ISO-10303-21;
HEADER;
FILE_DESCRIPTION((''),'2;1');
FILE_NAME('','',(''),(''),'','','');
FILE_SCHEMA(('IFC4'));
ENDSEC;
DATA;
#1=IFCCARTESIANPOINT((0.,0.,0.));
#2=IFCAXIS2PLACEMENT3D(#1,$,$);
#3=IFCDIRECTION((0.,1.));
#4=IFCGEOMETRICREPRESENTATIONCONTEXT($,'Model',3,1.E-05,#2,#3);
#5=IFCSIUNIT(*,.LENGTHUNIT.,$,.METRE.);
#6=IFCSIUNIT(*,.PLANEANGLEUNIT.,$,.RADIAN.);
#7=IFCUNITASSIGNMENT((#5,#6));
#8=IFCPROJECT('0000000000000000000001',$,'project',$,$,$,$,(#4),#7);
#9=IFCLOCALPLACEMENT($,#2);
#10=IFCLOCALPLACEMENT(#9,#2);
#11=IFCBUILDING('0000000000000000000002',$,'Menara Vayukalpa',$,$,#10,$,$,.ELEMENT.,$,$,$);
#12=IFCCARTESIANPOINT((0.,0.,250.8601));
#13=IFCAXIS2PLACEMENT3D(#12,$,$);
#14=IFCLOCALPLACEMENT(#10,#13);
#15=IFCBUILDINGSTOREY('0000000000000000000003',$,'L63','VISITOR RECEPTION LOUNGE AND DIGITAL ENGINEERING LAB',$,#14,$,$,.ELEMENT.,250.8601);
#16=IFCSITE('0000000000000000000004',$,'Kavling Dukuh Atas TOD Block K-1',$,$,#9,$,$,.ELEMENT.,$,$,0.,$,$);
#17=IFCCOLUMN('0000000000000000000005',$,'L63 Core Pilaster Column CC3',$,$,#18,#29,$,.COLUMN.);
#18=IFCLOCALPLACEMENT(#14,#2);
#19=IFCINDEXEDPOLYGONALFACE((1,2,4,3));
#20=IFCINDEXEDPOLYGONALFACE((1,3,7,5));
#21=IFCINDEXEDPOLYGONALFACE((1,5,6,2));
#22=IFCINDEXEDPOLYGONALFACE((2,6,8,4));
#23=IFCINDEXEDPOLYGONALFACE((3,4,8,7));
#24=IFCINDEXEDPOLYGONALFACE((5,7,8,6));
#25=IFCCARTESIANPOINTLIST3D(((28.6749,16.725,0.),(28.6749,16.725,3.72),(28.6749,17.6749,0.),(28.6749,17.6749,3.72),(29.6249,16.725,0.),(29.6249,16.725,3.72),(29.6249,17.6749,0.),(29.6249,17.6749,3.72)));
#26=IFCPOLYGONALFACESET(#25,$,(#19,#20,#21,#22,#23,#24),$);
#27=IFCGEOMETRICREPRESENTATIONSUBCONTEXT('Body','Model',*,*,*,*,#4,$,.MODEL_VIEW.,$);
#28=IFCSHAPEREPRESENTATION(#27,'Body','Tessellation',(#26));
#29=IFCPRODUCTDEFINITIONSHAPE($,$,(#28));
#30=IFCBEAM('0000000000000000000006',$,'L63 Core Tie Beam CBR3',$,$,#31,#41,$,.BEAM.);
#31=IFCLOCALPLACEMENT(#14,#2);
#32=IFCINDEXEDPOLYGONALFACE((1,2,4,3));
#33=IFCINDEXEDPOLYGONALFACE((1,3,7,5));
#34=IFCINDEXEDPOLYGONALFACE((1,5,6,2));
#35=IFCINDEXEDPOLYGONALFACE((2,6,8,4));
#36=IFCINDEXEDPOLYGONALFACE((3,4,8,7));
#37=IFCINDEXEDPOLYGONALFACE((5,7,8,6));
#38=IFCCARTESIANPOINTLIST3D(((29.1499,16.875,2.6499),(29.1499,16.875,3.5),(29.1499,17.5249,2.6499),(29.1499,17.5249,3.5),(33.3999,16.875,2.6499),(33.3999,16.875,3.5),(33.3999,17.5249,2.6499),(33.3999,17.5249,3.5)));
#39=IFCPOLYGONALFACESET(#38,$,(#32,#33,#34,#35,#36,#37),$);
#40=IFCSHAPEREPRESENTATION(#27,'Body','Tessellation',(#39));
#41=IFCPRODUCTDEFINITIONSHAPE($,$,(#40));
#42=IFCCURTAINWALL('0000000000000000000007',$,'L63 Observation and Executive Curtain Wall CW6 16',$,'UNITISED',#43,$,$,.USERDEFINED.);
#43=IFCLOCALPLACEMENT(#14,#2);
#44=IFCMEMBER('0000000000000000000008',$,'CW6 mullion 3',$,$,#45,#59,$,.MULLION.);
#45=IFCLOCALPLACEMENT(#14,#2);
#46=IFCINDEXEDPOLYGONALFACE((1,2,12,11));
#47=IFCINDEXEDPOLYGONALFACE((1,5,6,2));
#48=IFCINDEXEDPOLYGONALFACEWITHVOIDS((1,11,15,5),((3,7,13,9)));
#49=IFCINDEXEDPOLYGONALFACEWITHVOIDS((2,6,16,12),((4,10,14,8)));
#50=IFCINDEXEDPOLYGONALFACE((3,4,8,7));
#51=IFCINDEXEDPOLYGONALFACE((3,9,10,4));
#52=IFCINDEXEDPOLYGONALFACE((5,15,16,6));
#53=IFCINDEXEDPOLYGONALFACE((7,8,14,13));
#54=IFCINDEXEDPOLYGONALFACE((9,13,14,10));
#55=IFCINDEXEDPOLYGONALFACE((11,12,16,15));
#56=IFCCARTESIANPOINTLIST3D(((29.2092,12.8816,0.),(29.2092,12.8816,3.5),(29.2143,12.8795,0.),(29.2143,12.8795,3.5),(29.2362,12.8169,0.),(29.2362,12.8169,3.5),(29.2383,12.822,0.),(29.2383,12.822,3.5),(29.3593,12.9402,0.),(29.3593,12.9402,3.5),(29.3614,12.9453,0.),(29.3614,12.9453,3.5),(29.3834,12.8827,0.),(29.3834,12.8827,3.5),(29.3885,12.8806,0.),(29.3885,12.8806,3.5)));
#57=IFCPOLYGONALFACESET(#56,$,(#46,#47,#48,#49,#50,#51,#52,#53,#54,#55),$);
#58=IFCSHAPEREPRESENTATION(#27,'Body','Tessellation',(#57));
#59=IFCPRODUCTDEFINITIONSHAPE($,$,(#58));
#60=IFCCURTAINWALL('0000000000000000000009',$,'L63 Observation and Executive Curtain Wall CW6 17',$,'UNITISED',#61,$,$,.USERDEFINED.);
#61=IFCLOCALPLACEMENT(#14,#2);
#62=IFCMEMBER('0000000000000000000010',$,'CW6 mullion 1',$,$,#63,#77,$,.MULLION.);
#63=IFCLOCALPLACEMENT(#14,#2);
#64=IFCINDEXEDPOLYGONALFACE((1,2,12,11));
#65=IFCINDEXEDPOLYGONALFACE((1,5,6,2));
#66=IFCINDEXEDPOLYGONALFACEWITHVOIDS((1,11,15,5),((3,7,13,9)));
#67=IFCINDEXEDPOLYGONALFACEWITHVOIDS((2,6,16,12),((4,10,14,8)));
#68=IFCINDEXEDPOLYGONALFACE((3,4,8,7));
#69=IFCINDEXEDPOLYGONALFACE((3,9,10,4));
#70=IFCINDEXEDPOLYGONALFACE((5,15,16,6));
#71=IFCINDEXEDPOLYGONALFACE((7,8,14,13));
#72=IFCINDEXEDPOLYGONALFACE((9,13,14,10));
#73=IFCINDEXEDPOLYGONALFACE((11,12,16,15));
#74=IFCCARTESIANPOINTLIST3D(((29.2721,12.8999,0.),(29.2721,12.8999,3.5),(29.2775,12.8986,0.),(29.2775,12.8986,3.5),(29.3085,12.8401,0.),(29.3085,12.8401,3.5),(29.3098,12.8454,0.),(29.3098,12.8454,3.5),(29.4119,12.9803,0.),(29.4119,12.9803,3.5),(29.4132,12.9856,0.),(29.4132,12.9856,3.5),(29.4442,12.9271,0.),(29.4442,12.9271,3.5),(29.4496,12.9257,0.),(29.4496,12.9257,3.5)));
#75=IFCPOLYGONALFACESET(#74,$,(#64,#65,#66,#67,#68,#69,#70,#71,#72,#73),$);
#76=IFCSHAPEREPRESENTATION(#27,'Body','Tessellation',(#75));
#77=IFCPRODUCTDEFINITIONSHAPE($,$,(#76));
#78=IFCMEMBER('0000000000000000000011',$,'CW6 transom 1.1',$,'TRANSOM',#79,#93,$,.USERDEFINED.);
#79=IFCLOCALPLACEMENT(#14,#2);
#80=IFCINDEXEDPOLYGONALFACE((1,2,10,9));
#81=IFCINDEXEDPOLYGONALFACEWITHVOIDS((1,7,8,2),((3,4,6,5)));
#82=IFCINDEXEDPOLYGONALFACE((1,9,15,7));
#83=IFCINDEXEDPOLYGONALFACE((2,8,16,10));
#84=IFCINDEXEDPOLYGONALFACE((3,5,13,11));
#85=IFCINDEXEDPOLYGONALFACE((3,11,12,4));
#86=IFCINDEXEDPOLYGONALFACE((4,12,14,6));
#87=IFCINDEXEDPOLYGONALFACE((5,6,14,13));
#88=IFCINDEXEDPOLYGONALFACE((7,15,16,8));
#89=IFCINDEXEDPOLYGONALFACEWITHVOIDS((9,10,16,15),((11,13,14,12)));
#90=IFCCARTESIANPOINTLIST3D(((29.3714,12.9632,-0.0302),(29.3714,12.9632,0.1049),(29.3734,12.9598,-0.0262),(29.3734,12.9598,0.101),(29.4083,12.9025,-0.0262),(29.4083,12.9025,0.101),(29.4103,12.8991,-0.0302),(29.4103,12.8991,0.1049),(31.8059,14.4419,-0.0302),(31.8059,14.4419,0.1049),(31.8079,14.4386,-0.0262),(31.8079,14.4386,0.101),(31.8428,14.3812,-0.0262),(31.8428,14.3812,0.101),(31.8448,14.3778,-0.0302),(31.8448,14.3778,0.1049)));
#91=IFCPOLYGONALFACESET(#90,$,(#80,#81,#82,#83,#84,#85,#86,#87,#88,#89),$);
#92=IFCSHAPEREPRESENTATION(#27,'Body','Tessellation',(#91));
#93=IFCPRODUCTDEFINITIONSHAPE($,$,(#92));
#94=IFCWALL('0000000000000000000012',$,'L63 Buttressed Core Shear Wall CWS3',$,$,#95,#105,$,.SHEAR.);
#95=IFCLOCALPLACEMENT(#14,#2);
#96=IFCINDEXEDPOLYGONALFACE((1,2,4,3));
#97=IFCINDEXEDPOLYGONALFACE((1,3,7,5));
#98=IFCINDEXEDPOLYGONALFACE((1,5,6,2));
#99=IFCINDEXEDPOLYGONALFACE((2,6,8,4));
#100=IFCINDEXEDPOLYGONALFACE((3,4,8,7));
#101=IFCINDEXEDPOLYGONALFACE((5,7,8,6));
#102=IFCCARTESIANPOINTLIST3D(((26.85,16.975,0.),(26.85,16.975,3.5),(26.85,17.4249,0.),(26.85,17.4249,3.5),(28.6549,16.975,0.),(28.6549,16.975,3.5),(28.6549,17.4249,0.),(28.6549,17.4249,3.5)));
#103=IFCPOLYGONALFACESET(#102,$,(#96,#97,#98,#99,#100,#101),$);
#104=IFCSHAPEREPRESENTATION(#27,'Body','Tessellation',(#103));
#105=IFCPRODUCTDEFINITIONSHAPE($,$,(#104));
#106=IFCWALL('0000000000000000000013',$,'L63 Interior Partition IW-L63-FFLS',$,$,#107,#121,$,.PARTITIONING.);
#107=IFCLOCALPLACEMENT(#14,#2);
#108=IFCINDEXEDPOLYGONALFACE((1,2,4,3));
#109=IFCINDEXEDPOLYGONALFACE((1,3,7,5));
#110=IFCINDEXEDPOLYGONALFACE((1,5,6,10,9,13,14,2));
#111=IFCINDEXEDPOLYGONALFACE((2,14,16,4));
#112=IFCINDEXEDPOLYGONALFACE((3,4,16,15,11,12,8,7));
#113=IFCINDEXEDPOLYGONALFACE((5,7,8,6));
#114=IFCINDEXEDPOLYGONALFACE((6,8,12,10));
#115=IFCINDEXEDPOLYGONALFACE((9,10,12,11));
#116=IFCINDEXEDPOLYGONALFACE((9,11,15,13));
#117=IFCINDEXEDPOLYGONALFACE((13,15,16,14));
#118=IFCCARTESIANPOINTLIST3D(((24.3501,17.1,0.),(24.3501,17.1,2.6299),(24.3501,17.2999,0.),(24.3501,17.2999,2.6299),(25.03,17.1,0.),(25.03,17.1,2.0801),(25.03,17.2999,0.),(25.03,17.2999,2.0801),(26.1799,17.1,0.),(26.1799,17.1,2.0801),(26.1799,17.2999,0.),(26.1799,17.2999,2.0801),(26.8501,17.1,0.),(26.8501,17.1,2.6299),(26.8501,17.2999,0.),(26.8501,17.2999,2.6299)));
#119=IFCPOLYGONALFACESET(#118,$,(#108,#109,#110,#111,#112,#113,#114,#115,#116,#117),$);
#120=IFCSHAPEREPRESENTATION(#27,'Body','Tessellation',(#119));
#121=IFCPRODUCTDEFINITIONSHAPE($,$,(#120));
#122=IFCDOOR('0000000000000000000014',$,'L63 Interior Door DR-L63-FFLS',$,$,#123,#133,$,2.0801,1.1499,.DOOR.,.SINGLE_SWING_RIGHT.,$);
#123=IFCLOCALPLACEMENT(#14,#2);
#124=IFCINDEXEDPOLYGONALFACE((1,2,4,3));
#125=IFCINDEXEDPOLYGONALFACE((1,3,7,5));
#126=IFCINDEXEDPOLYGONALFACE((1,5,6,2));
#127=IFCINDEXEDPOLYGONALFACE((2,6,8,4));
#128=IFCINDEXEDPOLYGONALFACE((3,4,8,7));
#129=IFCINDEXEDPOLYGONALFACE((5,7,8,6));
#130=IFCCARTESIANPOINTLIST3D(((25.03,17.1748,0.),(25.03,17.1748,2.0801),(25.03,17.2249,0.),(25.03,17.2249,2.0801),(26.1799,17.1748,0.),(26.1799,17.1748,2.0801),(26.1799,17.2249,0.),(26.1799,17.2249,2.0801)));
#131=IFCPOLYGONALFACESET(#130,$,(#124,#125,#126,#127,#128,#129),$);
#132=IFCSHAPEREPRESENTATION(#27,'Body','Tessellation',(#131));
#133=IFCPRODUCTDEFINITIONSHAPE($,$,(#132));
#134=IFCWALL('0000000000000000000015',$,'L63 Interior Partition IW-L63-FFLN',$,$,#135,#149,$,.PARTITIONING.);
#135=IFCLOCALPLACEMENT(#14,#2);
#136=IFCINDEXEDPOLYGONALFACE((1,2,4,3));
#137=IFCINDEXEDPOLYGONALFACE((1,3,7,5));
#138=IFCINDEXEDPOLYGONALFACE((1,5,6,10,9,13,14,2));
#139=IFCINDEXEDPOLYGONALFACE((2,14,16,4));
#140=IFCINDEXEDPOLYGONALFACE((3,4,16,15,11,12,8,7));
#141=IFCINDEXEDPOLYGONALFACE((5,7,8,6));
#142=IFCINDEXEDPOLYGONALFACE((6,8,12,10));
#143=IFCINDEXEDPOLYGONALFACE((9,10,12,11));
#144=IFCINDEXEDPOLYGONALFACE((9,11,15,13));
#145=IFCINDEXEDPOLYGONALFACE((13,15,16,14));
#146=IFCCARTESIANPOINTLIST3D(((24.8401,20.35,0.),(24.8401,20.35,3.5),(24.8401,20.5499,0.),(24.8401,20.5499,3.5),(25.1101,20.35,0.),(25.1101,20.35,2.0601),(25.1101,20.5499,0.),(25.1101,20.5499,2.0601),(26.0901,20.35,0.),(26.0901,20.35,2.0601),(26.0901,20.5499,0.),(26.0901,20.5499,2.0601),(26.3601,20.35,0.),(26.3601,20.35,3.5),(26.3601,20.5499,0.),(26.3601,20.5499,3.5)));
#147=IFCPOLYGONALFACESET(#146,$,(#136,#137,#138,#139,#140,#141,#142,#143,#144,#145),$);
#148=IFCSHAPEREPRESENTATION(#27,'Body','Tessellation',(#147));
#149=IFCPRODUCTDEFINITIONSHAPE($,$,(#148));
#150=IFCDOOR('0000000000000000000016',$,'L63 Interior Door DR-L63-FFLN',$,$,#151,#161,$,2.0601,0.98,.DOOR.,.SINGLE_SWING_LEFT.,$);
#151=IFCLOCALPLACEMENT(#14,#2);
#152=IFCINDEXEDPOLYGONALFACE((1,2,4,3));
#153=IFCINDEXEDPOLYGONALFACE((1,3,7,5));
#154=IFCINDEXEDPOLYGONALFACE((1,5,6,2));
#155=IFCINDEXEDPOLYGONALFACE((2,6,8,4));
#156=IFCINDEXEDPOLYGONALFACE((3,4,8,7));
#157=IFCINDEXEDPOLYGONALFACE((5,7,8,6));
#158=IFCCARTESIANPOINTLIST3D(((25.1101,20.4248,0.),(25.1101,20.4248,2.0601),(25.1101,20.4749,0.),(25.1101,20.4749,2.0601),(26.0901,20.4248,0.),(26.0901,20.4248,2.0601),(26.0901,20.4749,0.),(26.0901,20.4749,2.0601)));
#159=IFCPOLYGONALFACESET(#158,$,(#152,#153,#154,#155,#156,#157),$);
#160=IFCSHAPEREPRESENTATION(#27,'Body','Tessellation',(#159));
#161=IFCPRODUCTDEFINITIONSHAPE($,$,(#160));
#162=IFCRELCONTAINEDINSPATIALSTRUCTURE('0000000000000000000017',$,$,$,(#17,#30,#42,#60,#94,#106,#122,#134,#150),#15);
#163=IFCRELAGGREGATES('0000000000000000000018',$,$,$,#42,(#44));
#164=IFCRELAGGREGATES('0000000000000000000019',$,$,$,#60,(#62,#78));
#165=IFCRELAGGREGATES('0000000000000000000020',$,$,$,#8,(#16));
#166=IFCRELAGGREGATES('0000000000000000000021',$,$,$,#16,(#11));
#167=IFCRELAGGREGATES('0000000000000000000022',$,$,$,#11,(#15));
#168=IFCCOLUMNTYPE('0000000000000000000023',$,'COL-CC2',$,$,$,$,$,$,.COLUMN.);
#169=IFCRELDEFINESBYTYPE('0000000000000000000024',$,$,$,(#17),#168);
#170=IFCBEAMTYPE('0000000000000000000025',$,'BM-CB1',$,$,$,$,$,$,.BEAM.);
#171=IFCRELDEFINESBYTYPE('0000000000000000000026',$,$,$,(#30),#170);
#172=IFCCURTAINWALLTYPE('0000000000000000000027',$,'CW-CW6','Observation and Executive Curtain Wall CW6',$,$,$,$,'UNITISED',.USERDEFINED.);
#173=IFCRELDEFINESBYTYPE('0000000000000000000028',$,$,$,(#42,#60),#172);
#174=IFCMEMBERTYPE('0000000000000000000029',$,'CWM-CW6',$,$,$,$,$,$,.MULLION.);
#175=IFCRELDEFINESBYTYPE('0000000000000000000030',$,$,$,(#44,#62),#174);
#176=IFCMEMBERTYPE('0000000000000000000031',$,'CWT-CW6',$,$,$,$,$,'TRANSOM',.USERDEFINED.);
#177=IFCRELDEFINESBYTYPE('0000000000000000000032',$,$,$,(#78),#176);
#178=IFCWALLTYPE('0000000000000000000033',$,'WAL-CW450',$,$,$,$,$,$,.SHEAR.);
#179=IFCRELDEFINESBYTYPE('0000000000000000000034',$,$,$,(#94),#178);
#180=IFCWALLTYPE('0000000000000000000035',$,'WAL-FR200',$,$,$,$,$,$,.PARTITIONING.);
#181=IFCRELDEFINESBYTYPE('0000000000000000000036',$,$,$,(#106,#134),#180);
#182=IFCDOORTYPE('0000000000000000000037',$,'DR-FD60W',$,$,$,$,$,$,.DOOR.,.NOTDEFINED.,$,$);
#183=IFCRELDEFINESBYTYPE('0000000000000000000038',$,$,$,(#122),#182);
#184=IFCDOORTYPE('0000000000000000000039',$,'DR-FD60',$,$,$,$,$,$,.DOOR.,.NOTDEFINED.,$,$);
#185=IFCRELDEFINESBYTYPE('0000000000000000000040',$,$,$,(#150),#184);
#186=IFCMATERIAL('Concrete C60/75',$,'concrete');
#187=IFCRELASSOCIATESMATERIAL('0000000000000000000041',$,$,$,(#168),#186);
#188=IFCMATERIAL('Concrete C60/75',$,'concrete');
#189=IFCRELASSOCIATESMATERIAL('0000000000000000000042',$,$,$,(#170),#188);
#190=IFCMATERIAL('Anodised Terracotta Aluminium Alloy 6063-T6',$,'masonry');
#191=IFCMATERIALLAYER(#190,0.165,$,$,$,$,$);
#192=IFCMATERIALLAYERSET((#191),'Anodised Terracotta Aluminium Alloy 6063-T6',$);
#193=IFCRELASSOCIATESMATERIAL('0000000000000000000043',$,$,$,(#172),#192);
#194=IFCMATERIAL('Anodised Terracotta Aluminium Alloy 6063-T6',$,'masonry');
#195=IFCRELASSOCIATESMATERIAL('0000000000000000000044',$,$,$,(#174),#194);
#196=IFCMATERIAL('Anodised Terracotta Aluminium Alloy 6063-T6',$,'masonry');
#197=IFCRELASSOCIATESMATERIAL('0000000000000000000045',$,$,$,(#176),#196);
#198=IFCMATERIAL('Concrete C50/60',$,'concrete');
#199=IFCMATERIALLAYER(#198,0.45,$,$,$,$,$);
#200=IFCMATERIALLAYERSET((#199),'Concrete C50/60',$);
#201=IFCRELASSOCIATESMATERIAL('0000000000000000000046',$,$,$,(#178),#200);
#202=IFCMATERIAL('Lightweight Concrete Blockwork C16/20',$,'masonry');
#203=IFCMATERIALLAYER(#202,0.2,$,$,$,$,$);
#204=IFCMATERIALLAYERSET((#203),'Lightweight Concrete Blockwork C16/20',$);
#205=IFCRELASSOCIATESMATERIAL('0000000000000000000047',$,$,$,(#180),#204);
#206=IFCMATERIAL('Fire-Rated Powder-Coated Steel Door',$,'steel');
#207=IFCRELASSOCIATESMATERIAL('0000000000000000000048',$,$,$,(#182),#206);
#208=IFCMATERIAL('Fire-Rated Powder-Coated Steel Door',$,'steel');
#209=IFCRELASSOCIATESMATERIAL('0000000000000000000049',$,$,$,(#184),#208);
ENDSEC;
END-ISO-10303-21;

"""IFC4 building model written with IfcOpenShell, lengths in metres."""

from ifc_helpers import new_model, si_unit, direction, frame, frame_2d, origin, origin_2d, place, context, subcontext, project, spatial, rectangle, hollow_rectangle, extrude, material, layer, layer_set, material_profile, profile_set, type_object, element, fill, aggregate, save


model = new_model("IFC4")

# Units and contexts
model_context = context("Model", 3, precision=1e-05, world=origin(), true_north=direction((0.0, 1.0)))
body_context = subcontext(model_context, "Body", "Model", "MODEL_VIEW")
ifc_project = project(units=[si_unit("LENGTHUNIT", "METRE"), si_unit("PLANEANGLEUNIT", "RADIAN")], contexts=[model_context])

# Site, building, storey
site_placement = place(None, origin())
site = spatial("IfcSite", under=ifc_project, at=site_placement, Name="Kavling Dukuh Atas TOD Block K-1", CompositionType="ELEMENT", RefElevation=0.0)
building_placement = place(site_placement, origin())
building = spatial("IfcBuilding", under=site, at=building_placement, Name="Menara Vayukalpa", CompositionType="ELEMENT")
storey_placement = place(building_placement, frame((0.0, 0.0, 250.8601)))
storey = spatial("IfcBuildingStorey", under=building, at=storey_placement, Name="L63", Description="VISITOR RECEPTION LOUNGE AND DIGITAL ENGINEERING LAB", CompositionType="ELEMENT", Elevation=250.8601)

# Column
ifc_material_1 = material(Name="Concrete C60/75", Category="concrete")
ifc_material_profile_1 = material_profile(ifc_material_1, rectangle(XDim=0.95, YDim=0.95, at=origin_2d()), Name="RC 950x950")
ifc_profile_set_1 = profile_set([ifc_material_profile_1], Name="Concrete C60/75")
column_type = type_object("IfcColumnType", Name="COL-CC2", PredefinedType="COLUMN", material=ifc_profile_set_1)
column_placement = place(storey_placement, frame((29.1499, 17.2, 0.0), z_axis=(0.0, 0.0, 1.0), x_axis=(1.0, 0.0, 0.0)))
element("IfcColumn", 1, at=column_placement, inside=storey, type_object=column_type, Name="L63 Core Pilaster Column CC3", PredefinedType="COLUMN", context=body_context, shape_type="SweptSolid", body=[
    extrude(rectangle(XDim=0.95, YDim=0.95, at=origin_2d()), origin(), (0.0, 0.0, 1.0), 3.72),
])

# Beam
ifc_material_2 = material(Name="Concrete C60/75", Category="concrete")
ifc_material_profile_2 = material_profile(ifc_material_2, rectangle(XDim=0.6499, YDim=0.8501, at=origin_2d()), Name="RC 650x850")
ifc_profile_set_2 = profile_set([ifc_material_profile_2], Name="Concrete C60/75")
beam_type = type_object("IfcBeamType", Name="BM-CB1", PredefinedType="BEAM", material=ifc_profile_set_2)
beam_placement = place(storey_placement, frame((29.1499, 17.2, 3.075), z_axis=(1.0, 0.0, 0.0), x_axis=(0.0, 1.0, 0.0)))
element("IfcBeam", 2, at=beam_placement, inside=storey, type_object=beam_type, Name="L63 Core Tie Beam CBR3", PredefinedType="BEAM", context=body_context, shape_type="SweptSolid", body=[
    extrude(rectangle(XDim=0.6499, YDim=0.8501, at=origin_2d()), origin(), (0.0, 0.0, 1.0), 4.25),
])

# Curtain wall, member
ifc_material_3 = material(Name="Anodised Terracotta Aluminium Alloy 6063-T6", Category="masonry")
ifc_layer_1 = layer(ifc_material_3, 0.165)
ifc_layer_set_1 = layer_set([ifc_layer_1], Name="Anodised Terracotta Aluminium Alloy 6063-T6")
curtain_wall_type = type_object("IfcCurtainWallType", Name="CW-CW6", Description="Observation and Executive Curtain Wall CW6", ElementType="UNITISED", PredefinedType="USERDEFINED", material=ifc_layer_set_1)
curtain_wall_1_placement = place(storey_placement, origin())
curtain_wall_1 = element("IfcCurtainWall", 3, at=curtain_wall_1_placement, inside=storey, type_object=curtain_wall_type, Name="L63 Observation and Executive Curtain Wall CW6 16", ObjectType="UNITISED", PredefinedType="USERDEFINED")
ifc_material_4 = material(Name="Anodised Terracotta Aluminium Alloy 6063-T6", Category="masonry")
ifc_material_profile_3 = material_profile(ifc_material_4, hollow_rectangle(XDim=0.0701, YDim=0.165, WallThickness=0.0039, at=origin_2d()), Name="ALU 70x165x4")
ifc_profile_set_3 = profile_set([ifc_material_profile_3], Name="Anodised Terracotta Aluminium Alloy 6063-T6")
member_type_1 = type_object("IfcMemberType", Name="CWM-CW6", PredefinedType="MULLION", material=ifc_profile_set_3)
member_1_placement = place(storey_placement, frame((29.2988, 12.8811, 0.0), z_axis=(0.0, 0.0, 1.0), x_axis=(-0.3859, 0.922541, 0.0)))
member_1 = element("IfcMember", 4, at=member_1_placement, type_object=member_type_1, Name="CW6 mullion 3", PredefinedType="MULLION", context=body_context, shape_type="SweptSolid", body=[
    extrude(hollow_rectangle(XDim=0.0701, YDim=0.165, WallThickness=0.0039, at=origin_2d()), origin(), (0.0, 0.0, 1.0), 3.5),
])
aggregate(curtain_wall_1, [member_1])

# Curtain wall, members
curtain_wall_2_placement = place(storey_placement, origin())
curtain_wall_2 = element("IfcCurtainWall", 5, at=curtain_wall_2_placement, inside=storey, type_object=curtain_wall_type, Name="L63 Observation and Executive Curtain Wall CW6 17", ObjectType="UNITISED", PredefinedType="USERDEFINED")
member_2_placement = place(storey_placement, frame((29.3608, 12.9128, 0.0), z_axis=(0.0, 0.0, 1.0), x_axis=(-0.519176, 0.854668, 0.0)))
member_2 = element("IfcMember", 6, at=member_2_placement, type_object=member_type_1, Name="CW6 mullion 1", PredefinedType="MULLION", context=body_context, shape_type="SweptSolid", body=[
    extrude(hollow_rectangle(XDim=0.0701, YDim=0.165, WallThickness=0.0039, at=origin_2d()), origin(), (0.0, 0.0, 1.0), 3.5),
])
ifc_material_5 = material(Name="Anodised Terracotta Aluminium Alloy 6063-T6", Category="masonry")
ifc_material_profile_4 = material_profile(ifc_material_5, hollow_rectangle(XDim=0.075, YDim=0.135, WallThickness=0.0039, at=origin_2d()), Name="ALU 75x135x4")
ifc_profile_set_4 = profile_set([ifc_material_profile_4], Name="Anodised Terracotta Aluminium Alloy 6063-T6")
member_type_2 = type_object("IfcMemberType", Name="CWT-CW6", ElementType="TRANSOM", PredefinedType="USERDEFINED", material=ifc_profile_set_4)
member_3_placement = place(storey_placement, frame((29.3909, 12.9312, 0.0374), z_axis=(0.85469, 0.519139, 0.0), x_axis=(-0.519139, 0.85469, 0.0)))
member_3 = element("IfcMember", 7, at=member_3_placement, type_object=member_type_2, Name="CW6 transom 1.1", ObjectType="TRANSOM", PredefinedType="USERDEFINED", context=body_context, shape_type="SweptSolid", body=[
    extrude(hollow_rectangle(XDim=0.075, YDim=0.135, WallThickness=0.0039, at=origin_2d()), origin(), (0.0, 0.0, 1.0), 2.8484),
])
aggregate(curtain_wall_2, [member_2, member_3])

# Wall
ifc_material_6 = material(Name="Concrete C50/60", Category="concrete")
ifc_layer_2 = layer(ifc_material_6, 0.45)
ifc_layer_set_2 = layer_set([ifc_layer_2], Name="Concrete C50/60")
wall_type_1 = type_object("IfcWallType", Name="WAL-CW450", PredefinedType="SHEAR", material=ifc_layer_set_2)
wall_1_placement = place(storey_placement, frame((26.8501, 17.2, 0.0), z_axis=(0.0, 0.0, 1.0), x_axis=(1.0, 0.0, 0.0)))
element("IfcWall", 8, at=wall_1_placement, inside=storey, type_object=wall_type_1, Name="L63 Buttressed Core Shear Wall CWS3", PredefinedType="SHEAR", context=body_context, shape_type="SweptSolid", body=[
    extrude(rectangle(XDim=1.8049, YDim=0.45, at=frame_2d((0.9023, 0.0))), origin(), (0.0, 0.0, 1.0), 3.5),
])

# Walls, openings, doors
ifc_material_7 = material(Name="Lightweight Concrete Blockwork C16/20", Category="masonry")
ifc_layer_3 = layer(ifc_material_7, 0.2)
ifc_layer_set_3 = layer_set([ifc_layer_3], Name="Lightweight Concrete Blockwork C16/20")
wall_type_2 = type_object("IfcWallType", Name="WAL-FR200", PredefinedType="PARTITIONING", material=ifc_layer_set_3)
wall_2_placement = place(storey_placement, frame((24.3501, 17.2, 0.0), z_axis=(0.0, 0.0, 1.0), x_axis=(1.0, 0.0, 0.0)))
wall_2 = element("IfcWall", 9, at=wall_2_placement, inside=storey, type_object=wall_type_2, Name="L63 Interior Partition IW-L63-FFLS", PredefinedType="PARTITIONING", context=body_context, shape_type="SweptSolid", body=[
    extrude(rectangle(XDim=2.5, YDim=0.2, at=frame_2d((1.25, 0.0))), origin(), (0.0, 0.0, 1.0), 2.6299),
])
opening_1_placement = place(wall_2_placement, frame((0.6799, 0.0, 0.0)))
opening_1 = element("IfcOpeningElement", 10, at=opening_1_placement, cuts=wall_2, PredefinedType="OPENING", context=body_context, shape_type="SweptSolid", body=[
    extrude(rectangle(XDim=1.1499, YDim=2.0801, at=frame_2d((0.575, 1.04))), frame((0.0, 0.1099, 0.0), z_axis=(0.0, -1.0, 0.0), x_axis=(1.0, 0.0, 0.0)), (0.0, 0.0, 1.0), 0.22),
])
ifc_material_8 = material(Name="Fire-Rated Powder-Coated Steel Door", Category="steel")
door_type_1 = type_object("IfcDoorType", Name="DR-FD60W", OperationType="NOTDEFINED", PredefinedType="DOOR", material=ifc_material_8)
door_1_placement = place(opening_1_placement, origin())
door_1 = element("IfcDoor", 11, at=door_1_placement, inside=storey, type_object=door_type_1, Name="L63 Interior Door DR-L63-FFLS", OperationType="SINGLE_SWING_RIGHT", OverallHeight=2.0801, OverallWidth=1.1499, PredefinedType="DOOR", context=body_context, shape_type="SweptSolid", body=[
    extrude(rectangle(XDim=1.1499, YDim=2.0801, at=frame_2d((0.575, 1.04))), frame((0.0, 0.0249, 0.0), z_axis=(0.0, -1.0, 0.0), x_axis=(1.0, 0.0, 0.0)), (0.0, 0.0, 1.0), 0.05),
])
fill(opening_1, door_1)
wall_3_placement = place(storey_placement, frame((24.8401, 20.45, 0.0), z_axis=(0.0, 0.0, 1.0), x_axis=(1.0, 0.0, 0.0)))
wall_3 = element("IfcWall", 12, at=wall_3_placement, inside=storey, type_object=wall_type_2, Name="L63 Interior Partition IW-L63-FFLN", PredefinedType="PARTITIONING", context=body_context, shape_type="SweptSolid", body=[
    extrude(rectangle(XDim=1.52, YDim=0.2, at=frame_2d((0.76, 0.0))), origin(), (0.0, 0.0, 1.0), 3.5),
])
opening_2_placement = place(wall_3_placement, frame((0.27, 0.0, 0.0)))
opening_2 = element("IfcOpeningElement", 13, at=opening_2_placement, cuts=wall_3, PredefinedType="OPENING", context=body_context, shape_type="SweptSolid", body=[
    extrude(rectangle(XDim=0.98, YDim=2.0601, at=frame_2d((0.49, 1.03))), frame((0.0, 0.1099, 0.0), z_axis=(0.0, -1.0, 0.0), x_axis=(1.0, 0.0, 0.0)), (0.0, 0.0, 1.0), 0.22),
])
ifc_material_9 = material(Name="Fire-Rated Powder-Coated Steel Door", Category="steel")
door_type_2 = type_object("IfcDoorType", Name="DR-FD60", OperationType="NOTDEFINED", PredefinedType="DOOR", material=ifc_material_9)
door_2_placement = place(opening_2_placement, origin())
door_2 = element("IfcDoor", 14, at=door_2_placement, inside=storey, type_object=door_type_2, Name="L63 Interior Door DR-L63-FFLN", OperationType="SINGLE_SWING_LEFT", OverallHeight=2.0601, OverallWidth=0.98, PredefinedType="DOOR", context=body_context, shape_type="SweptSolid", body=[
    extrude(rectangle(XDim=0.98, YDim=2.0601, at=frame_2d((0.49, 1.03))), frame((0.0, 0.0249, 0.0), z_axis=(0.0, -1.0, 0.0), x_axis=(1.0, 0.0, 0.0)), (0.0, 0.0, 1.0), 0.05),
])
fill(opening_2, door_2)

save(model, "model.ifc")
